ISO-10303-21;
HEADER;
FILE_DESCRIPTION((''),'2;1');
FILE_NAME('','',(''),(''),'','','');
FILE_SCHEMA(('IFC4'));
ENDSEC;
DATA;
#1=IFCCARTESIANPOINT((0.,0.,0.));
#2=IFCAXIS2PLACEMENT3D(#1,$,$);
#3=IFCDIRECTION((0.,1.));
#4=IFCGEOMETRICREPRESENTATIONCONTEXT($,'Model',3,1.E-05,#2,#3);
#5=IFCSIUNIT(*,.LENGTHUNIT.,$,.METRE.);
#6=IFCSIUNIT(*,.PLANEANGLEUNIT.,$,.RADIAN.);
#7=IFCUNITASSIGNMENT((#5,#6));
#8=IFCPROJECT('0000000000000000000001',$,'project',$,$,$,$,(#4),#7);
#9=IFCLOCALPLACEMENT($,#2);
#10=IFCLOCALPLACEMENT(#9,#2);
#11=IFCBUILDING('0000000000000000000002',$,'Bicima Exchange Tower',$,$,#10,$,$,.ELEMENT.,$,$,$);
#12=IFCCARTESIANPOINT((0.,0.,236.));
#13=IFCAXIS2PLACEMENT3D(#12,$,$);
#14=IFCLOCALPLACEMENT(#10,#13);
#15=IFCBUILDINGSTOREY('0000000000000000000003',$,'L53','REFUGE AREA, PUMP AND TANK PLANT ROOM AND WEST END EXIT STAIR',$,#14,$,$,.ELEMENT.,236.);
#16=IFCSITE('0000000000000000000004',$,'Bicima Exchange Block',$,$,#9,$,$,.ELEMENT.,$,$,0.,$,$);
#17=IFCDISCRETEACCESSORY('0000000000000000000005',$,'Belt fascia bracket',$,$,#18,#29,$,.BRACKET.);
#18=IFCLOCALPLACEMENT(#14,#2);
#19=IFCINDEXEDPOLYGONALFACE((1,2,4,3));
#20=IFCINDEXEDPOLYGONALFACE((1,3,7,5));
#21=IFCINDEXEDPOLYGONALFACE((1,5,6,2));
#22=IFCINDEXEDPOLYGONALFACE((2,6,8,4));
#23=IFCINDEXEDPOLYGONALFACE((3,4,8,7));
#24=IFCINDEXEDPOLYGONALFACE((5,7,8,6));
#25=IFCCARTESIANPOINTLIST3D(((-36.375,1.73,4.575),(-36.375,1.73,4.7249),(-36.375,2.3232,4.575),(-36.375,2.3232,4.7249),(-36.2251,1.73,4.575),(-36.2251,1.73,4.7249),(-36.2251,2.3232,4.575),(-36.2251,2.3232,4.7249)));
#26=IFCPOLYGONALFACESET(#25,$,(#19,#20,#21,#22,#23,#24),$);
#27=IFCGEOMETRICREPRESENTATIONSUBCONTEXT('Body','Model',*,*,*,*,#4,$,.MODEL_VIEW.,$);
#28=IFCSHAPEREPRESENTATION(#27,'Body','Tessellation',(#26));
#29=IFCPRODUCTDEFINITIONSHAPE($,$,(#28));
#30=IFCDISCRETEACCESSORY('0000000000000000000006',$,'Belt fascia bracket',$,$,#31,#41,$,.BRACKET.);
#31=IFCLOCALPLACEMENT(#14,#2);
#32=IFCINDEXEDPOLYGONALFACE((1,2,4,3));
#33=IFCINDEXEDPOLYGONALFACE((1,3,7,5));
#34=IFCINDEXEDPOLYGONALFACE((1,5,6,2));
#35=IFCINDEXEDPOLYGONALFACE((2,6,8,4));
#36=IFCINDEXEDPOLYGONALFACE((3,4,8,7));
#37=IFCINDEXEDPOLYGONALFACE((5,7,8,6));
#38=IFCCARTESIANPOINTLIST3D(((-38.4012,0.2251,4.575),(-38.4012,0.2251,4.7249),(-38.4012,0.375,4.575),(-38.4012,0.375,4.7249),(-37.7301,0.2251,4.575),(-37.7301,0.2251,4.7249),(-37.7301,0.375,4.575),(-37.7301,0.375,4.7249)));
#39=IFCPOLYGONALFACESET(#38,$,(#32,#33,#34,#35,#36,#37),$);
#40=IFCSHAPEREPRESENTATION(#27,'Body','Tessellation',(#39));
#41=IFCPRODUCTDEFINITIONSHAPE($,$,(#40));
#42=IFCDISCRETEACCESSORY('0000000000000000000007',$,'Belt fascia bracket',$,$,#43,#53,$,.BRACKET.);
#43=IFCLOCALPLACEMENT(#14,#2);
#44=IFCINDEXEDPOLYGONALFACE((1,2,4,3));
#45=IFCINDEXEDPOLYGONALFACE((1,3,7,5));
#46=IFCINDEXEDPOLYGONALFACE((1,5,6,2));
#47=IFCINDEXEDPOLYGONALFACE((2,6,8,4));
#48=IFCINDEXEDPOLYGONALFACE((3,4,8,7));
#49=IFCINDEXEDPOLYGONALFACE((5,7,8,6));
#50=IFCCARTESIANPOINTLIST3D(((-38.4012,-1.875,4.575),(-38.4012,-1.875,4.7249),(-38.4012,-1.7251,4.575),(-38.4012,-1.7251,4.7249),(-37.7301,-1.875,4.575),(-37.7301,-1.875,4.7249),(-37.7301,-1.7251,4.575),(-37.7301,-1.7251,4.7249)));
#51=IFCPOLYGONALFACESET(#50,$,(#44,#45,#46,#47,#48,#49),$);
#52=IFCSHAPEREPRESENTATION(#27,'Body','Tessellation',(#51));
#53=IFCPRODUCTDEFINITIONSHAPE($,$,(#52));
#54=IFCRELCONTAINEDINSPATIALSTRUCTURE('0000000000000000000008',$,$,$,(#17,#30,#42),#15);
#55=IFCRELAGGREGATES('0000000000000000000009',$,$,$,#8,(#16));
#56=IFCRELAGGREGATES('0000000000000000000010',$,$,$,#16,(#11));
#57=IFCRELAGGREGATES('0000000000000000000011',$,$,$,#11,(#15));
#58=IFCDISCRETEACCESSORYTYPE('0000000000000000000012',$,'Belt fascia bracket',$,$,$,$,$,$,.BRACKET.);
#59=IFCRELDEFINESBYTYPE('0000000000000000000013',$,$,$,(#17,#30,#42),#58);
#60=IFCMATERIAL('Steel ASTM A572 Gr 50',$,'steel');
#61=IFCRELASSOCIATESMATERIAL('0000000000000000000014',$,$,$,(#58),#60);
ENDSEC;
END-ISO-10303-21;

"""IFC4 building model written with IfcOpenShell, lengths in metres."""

from ifc_helpers import new_model, si_unit, direction, frame, origin, origin_2d, place, context, subcontext, project, spatial, rectangle, extrude, material, type_object, element, save


model = new_model("IFC4")

# Units and contexts
model_context = context("Model", 3, precision=1e-05, world=origin(), true_north=direction((0.0, 1.0)))
body_context = subcontext(model_context, "Body", "Model", "MODEL_VIEW")
ifc_project = project(units=[si_unit("LENGTHUNIT", "METRE"), si_unit("PLANEANGLEUNIT", "RADIAN")], contexts=[model_context])

# Site, building, storey
site_placement = place(None, origin())
site = spatial("IfcSite", under=ifc_project, at=site_placement, Name="Bicima Exchange Block", CompositionType="ELEMENT", RefElevation=0.0)
building_placement = place(site_placement, origin())
building = spatial("IfcBuilding", under=site, at=building_placement, Name="Bicima Exchange Tower", CompositionType="ELEMENT")
storey_placement = place(building_placement, frame((0.0, 0.0, 236.0)))
storey = spatial("IfcBuildingStorey", under=building, at=storey_placement, Name="L53", Description="REFUGE AREA, PUMP AND TANK PLANT ROOM AND WEST END EXIT STAIR", CompositionType="ELEMENT", Elevation=236.0)

# Shared definitions
ifc_material_1 = material(Name="Steel ASTM A572 Gr 50", Category="steel")

# Discrete accessories
discrete_accessory_type = type_object("IfcDiscreteAccessoryType", Name="Belt fascia bracket", PredefinedType="BRACKET", material=ifc_material_1)
for number, where, z_axis, x_axis, name in (
    (1, (-36.3, 2.0266, 4.575), (0.0, 0.0, 1.0), (-1.0, 0.0, 0.0), "Belt fascia bracket"),
):
    element("IfcDiscreteAccessory", number, at=place(storey_placement, frame(where, z_axis=z_axis, x_axis=x_axis)), inside=storey, type_object=discrete_accessory_type, Name=name, PredefinedType="BRACKET", context=body_context, shape_type="SweptSolid", body=[
        extrude(rectangle(XDim=0.1499, YDim=0.5933, at=origin_2d()), origin(), (0.0, 0.0, 1.0), 0.1499),
    ])
for number, where, z_axis, x_axis, name in (
    (2, (-38.0657, 0.3, 4.575), (0.0, 0.0, 1.0), (0.0, -1.0, 0.0), "Belt fascia bracket"),
    (3, (-38.0657, -1.8, 4.575), (0.0, 0.0, 1.0), (0.0, -1.0, 0.0), "Belt fascia bracket"),
):
    element("IfcDiscreteAccessory", number, at=place(storey_placement, frame(where, z_axis=z_axis, x_axis=x_axis)), inside=storey, type_object=discrete_accessory_type, Name=name, PredefinedType="BRACKET", context=body_context, shape_type="SweptSolid", body=[
        extrude(rectangle(XDim=0.1499, YDim=0.6711, at=origin_2d()), origin(), (0.0, 0.0, 1.0), 0.1499),
    ])

save(model, "model.ifc")
